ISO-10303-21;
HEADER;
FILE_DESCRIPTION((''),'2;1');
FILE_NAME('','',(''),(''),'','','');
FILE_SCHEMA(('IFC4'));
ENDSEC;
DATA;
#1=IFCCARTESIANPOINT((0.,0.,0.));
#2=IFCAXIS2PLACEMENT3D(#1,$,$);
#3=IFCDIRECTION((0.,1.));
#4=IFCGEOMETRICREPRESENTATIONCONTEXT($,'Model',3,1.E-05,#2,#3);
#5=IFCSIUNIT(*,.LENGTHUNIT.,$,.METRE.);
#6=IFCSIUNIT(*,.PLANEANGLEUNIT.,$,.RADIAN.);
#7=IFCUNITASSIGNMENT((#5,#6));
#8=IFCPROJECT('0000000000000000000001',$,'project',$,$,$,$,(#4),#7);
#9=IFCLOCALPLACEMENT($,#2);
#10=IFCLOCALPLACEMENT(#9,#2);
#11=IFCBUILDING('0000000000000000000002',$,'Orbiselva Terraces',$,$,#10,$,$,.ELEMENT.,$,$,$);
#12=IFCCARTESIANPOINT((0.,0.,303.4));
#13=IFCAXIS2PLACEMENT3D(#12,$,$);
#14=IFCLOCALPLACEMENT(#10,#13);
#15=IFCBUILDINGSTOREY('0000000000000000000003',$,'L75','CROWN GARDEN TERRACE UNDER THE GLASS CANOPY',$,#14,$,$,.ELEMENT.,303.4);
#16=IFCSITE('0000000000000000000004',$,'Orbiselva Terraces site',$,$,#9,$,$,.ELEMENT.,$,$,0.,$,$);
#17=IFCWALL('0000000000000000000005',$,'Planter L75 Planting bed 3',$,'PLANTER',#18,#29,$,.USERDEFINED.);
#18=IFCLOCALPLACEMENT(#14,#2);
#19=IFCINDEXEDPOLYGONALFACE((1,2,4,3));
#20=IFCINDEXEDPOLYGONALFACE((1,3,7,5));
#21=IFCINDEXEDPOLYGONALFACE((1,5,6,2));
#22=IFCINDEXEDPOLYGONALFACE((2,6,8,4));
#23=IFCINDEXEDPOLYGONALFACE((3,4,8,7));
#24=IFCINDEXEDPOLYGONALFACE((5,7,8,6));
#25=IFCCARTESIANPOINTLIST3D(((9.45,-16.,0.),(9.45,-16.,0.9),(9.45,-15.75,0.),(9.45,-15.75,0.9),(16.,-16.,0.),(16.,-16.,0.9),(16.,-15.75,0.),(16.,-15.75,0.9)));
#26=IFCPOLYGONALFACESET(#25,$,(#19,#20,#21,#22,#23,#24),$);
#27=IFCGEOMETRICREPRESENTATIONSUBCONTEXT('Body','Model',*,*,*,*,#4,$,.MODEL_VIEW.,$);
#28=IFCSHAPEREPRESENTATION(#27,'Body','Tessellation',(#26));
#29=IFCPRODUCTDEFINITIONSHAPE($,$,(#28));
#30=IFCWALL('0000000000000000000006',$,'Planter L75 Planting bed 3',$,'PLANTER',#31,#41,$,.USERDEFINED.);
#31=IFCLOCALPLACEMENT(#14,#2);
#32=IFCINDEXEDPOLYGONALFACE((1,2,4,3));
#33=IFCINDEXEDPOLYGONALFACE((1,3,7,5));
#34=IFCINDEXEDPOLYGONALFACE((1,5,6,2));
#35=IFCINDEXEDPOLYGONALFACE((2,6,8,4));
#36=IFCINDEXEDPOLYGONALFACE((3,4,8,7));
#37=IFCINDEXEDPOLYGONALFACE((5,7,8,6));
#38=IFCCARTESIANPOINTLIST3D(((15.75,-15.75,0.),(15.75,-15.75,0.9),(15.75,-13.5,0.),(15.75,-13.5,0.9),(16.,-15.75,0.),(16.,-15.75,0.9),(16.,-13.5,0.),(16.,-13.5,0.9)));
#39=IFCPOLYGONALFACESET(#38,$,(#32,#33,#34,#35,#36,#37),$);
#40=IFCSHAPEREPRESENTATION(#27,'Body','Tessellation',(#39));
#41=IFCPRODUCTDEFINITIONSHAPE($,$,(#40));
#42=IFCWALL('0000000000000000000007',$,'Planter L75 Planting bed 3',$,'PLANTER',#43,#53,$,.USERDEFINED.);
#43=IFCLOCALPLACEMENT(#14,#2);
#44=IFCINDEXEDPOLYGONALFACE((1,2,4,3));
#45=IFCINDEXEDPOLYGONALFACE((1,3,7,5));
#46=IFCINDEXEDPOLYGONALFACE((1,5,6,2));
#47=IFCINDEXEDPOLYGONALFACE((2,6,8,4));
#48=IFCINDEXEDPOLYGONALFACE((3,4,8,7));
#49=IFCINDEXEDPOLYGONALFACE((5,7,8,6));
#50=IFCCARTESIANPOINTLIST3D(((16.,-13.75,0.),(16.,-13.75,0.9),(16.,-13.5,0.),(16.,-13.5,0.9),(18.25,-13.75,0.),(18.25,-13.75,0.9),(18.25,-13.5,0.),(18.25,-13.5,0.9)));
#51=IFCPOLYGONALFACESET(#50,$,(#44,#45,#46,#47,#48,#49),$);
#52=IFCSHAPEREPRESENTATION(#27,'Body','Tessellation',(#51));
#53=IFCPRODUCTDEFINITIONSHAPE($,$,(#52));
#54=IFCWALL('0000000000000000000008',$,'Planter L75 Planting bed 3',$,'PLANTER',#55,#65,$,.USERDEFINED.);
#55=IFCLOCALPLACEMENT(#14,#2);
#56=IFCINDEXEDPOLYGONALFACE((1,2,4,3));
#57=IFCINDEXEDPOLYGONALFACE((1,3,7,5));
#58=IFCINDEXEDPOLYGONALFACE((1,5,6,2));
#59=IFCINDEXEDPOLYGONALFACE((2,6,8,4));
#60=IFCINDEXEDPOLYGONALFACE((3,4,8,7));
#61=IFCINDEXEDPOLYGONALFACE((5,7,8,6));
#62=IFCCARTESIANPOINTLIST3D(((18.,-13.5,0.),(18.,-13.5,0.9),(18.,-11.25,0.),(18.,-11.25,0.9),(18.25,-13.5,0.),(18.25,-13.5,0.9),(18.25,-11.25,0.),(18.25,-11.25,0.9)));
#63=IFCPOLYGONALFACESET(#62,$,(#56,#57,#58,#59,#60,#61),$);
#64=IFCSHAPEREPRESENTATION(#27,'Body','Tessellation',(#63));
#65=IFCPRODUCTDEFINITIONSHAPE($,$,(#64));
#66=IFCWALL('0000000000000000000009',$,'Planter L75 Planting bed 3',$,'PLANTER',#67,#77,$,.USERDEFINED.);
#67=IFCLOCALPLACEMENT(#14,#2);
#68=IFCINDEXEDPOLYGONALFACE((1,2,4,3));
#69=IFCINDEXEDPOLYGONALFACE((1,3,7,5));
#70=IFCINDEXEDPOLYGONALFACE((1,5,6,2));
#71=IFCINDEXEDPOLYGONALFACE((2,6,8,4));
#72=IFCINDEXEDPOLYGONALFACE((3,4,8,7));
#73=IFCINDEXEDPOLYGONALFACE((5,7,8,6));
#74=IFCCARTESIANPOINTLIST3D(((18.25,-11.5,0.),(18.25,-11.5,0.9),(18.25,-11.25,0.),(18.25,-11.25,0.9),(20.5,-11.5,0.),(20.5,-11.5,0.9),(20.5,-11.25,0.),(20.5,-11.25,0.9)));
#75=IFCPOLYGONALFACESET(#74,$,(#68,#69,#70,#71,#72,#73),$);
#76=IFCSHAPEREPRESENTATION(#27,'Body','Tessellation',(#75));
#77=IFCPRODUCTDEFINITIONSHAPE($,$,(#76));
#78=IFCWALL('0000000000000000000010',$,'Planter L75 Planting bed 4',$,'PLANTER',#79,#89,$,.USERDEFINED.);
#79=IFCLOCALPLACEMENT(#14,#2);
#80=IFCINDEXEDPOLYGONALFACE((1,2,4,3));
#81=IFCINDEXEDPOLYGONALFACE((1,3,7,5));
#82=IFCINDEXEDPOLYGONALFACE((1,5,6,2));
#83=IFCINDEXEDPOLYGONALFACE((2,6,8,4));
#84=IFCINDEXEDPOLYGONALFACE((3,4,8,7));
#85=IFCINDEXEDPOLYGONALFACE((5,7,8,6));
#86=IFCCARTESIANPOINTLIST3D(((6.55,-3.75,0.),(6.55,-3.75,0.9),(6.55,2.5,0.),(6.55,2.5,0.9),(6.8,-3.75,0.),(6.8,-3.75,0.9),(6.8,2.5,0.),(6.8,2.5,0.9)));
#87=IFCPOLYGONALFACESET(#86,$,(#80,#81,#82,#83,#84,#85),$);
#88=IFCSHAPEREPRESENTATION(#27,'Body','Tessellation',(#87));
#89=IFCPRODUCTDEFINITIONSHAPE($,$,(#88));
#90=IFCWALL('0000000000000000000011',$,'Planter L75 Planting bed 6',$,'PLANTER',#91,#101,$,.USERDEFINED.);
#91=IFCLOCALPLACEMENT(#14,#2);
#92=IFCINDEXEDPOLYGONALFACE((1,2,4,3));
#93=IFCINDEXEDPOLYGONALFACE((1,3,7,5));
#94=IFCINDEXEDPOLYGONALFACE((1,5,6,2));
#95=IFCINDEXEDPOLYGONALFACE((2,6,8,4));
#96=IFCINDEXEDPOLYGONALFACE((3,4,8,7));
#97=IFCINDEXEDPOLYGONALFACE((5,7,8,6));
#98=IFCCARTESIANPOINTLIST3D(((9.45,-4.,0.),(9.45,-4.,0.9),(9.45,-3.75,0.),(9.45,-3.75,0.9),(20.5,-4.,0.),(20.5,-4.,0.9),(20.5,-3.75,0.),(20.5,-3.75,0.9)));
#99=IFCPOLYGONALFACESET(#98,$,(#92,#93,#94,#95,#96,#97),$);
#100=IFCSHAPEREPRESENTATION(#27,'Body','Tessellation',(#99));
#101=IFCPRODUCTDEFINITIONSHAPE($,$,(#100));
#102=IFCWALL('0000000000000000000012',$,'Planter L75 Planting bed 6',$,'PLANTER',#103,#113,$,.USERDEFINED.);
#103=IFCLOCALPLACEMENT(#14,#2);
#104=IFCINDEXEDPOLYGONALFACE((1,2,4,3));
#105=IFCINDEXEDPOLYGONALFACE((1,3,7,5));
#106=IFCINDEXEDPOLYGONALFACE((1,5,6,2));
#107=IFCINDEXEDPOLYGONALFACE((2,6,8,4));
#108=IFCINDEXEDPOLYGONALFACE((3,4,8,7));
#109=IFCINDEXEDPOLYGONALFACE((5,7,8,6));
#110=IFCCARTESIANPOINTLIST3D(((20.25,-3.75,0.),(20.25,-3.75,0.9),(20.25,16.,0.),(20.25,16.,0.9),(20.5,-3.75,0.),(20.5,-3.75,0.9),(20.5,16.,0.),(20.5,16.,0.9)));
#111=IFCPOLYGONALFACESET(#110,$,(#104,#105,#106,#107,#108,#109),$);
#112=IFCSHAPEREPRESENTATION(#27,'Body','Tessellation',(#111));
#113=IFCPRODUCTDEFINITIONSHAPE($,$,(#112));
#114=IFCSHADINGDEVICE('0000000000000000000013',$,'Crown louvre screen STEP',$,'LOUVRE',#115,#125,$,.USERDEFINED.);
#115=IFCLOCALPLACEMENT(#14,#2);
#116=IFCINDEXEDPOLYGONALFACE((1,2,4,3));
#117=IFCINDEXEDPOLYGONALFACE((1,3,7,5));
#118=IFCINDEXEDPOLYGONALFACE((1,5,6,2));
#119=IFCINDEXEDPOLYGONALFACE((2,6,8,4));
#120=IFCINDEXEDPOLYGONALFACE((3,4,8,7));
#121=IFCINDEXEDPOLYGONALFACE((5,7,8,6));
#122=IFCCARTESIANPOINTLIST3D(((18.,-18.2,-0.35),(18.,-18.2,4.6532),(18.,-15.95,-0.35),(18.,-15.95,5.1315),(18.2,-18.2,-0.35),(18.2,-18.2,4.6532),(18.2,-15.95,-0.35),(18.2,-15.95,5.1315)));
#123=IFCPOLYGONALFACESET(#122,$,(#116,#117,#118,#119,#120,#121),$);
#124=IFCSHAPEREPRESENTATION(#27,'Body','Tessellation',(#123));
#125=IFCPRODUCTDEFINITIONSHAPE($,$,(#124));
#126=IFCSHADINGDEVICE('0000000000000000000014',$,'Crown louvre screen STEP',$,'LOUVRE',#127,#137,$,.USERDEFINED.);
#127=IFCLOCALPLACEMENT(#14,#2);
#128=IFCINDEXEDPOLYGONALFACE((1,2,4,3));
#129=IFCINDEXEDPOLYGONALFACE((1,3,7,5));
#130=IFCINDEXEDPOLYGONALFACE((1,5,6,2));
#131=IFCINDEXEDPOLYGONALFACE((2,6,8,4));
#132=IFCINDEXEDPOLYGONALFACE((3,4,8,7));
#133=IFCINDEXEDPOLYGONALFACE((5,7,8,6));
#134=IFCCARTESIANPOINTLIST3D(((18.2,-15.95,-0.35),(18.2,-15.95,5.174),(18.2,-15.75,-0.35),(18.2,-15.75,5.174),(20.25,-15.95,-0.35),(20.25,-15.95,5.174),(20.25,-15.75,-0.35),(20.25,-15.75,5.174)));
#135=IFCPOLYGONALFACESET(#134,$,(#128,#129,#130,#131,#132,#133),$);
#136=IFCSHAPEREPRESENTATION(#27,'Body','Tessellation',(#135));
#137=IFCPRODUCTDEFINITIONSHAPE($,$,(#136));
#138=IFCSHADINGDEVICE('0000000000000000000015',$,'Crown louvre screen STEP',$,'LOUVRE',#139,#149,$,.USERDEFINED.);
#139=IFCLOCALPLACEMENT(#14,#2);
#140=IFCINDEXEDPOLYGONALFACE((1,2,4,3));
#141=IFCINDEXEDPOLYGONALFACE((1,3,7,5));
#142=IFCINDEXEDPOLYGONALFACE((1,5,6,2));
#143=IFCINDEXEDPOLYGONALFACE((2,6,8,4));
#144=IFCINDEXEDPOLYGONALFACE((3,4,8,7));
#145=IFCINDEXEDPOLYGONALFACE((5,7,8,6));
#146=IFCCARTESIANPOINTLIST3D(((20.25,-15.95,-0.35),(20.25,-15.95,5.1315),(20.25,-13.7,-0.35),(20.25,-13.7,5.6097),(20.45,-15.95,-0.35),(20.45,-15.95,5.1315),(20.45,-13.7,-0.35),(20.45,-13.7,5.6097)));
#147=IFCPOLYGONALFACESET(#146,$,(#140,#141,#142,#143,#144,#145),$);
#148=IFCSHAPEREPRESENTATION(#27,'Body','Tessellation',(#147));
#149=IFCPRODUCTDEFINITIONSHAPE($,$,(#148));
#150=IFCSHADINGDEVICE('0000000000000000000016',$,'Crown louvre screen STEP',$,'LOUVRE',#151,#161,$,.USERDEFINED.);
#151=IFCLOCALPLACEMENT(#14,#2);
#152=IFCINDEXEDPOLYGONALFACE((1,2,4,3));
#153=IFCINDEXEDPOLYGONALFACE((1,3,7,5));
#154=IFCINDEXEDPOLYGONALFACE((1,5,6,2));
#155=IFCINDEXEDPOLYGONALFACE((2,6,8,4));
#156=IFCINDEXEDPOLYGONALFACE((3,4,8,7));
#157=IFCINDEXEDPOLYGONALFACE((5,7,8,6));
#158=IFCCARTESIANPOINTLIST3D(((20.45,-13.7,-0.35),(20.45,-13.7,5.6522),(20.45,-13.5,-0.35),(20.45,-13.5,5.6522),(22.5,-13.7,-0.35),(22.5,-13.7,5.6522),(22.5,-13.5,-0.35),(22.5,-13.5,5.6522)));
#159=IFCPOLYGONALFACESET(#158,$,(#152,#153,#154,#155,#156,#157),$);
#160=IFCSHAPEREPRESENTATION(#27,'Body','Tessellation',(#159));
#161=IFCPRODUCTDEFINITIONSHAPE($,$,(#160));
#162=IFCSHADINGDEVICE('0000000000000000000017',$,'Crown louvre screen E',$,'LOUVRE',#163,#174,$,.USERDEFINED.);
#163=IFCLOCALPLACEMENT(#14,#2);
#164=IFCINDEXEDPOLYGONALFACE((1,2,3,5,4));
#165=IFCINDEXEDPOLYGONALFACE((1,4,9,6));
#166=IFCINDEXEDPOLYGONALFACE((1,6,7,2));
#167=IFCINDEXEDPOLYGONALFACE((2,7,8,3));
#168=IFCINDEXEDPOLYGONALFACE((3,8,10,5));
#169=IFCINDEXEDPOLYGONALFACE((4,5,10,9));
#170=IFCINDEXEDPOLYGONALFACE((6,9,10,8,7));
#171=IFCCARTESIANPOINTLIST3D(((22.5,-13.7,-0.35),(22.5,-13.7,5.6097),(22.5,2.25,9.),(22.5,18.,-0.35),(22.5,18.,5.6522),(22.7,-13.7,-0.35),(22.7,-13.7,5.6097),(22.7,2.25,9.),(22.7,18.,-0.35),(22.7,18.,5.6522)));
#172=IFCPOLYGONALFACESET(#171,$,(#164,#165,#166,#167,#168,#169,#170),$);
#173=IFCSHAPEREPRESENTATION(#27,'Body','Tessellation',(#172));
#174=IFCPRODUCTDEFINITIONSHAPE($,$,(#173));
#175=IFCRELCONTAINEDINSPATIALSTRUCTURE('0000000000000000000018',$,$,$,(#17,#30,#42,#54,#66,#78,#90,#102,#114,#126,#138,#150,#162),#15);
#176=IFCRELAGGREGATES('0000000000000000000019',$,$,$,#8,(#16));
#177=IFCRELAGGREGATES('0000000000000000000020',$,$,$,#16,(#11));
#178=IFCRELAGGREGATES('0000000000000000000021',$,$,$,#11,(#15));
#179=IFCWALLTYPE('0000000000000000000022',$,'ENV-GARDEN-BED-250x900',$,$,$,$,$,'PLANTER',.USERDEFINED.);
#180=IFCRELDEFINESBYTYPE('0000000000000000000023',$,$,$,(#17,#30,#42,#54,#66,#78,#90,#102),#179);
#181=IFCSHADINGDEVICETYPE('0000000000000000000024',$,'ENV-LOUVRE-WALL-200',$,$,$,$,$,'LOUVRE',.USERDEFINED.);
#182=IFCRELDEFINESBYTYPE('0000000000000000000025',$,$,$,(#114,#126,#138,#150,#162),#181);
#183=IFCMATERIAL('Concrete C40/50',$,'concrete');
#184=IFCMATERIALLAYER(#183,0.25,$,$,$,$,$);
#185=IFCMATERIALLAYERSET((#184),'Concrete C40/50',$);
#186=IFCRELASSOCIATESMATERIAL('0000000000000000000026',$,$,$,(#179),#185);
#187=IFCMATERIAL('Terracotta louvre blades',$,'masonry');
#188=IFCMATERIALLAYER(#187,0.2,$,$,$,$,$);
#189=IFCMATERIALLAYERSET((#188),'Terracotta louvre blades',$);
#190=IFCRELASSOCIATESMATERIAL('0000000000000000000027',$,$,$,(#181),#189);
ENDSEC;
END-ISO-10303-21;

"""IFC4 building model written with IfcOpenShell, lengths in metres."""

from ifc_helpers import new_model, si_unit, direction, frame, frame_2d, origin, place, context, subcontext, project, spatial, polyline, rectangle, outline, extrude, material, layer, layer_set, type_object, element, save


model = new_model("IFC4")

# Units and contexts
model_context = context("Model", 3, precision=1e-05, world=origin(), true_north=direction((0.0, 1.0)))
body_context = subcontext(model_context, "Body", "Model", "MODEL_VIEW")
ifc_project = project(units=[si_unit("LENGTHUNIT", "METRE"), si_unit("PLANEANGLEUNIT", "RADIAN")], contexts=[model_context])

# Site, building, storey
site_placement = place(None, origin())
site = spatial("IfcSite", under=ifc_project, at=site_placement, Name="Orbiselva Terraces site", CompositionType="ELEMENT", RefElevation=0.0)
building_placement = place(site_placement, origin())
building = spatial("IfcBuilding", under=site, at=building_placement, Name="Orbiselva Terraces", CompositionType="ELEMENT")
storey_placement = place(building_placement, frame((0.0, 0.0, 303.4)))
storey = spatial("IfcBuildingStorey", under=building, at=storey_placement, Name="L75", Description="CROWN GARDEN TERRACE UNDER THE GLASS CANOPY", CompositionType="ELEMENT", Elevation=303.4)

# Shared definitions
ifc_material_1 = material(Name="Concrete C40/50", Category="concrete")

# Walls
ifc_layer_1 = layer(ifc_material_1, 0.25)
ifc_layer_set_1 = layer_set([ifc_layer_1], Name="Concrete C40/50")
wall_type = type_object("IfcWallType", Name="ENV-GARDEN-BED-250x900", ElementType="PLANTER", PredefinedType="USERDEFINED", material=ifc_layer_set_1)
wall_1_placement = place(storey_placement, frame((9.45, -15.875, 0.0), z_axis=(0.0, 0.0, 1.0), x_axis=(1.0, 0.0, 0.0)))
element("IfcWall", 1, at=wall_1_placement, inside=storey, type_object=wall_type, Name="Planter L75 Planting bed 3", ObjectType="PLANTER", PredefinedType="USERDEFINED", context=body_context, shape_type="SweptSolid", body=[
    extrude(rectangle(XDim=6.55, YDim=0.25, at=frame_2d((3.275, 0.0))), origin(), (0.0, 0.0, 1.0), 0.9),
])
for number, where, z_axis, x_axis, name in (
    (2, (15.875, -15.75, 0.0), (0.0, 0.0, 1.0), (0.0, 1.0, 0.0), "Planter L75 Planting bed 3"),
    (3, (16.0, -13.625, 0.0), (0.0, 0.0, 1.0), (1.0, 0.0, 0.0), "Planter L75 Planting bed 3"),
    (4, (18.125, -13.5, 0.0), (0.0, 0.0, 1.0), (0.0, 1.0, 0.0), "Planter L75 Planting bed 3"),
    (5, (18.25, -11.375, 0.0), (0.0, 0.0, 1.0), (1.0, 0.0, 0.0), "Planter L75 Planting bed 3"),
):
    element("IfcWall", number, at=place(storey_placement, frame(where, z_axis=z_axis, x_axis=x_axis)), inside=storey, type_object=wall_type, Name=name, ObjectType="PLANTER", PredefinedType="USERDEFINED", context=body_context, shape_type="SweptSolid", body=[
        extrude(rectangle(XDim=2.25, YDim=0.25, at=frame_2d((1.125, 0.0))), origin(), (0.0, 0.0, 1.0), 0.9),
    ])
wall_2_placement = place(storey_placement, frame((6.675, -3.75, 0.0), z_axis=(0.0, 0.0, 1.0), x_axis=(0.0, 1.0, 0.0)))
element("IfcWall", 6, at=wall_2_placement, inside=storey, type_object=wall_type, Name="Planter L75 Planting bed 4", ObjectType="PLANTER", PredefinedType="USERDEFINED", context=body_context, shape_type="SweptSolid", body=[
    extrude(rectangle(XDim=6.25, YDim=0.25, at=frame_2d((3.125, 0.0))), origin(), (0.0, 0.0, 1.0), 0.9),
])
wall_3_placement = place(storey_placement, frame((9.45, -3.875, 0.0), z_axis=(0.0, 0.0, 1.0), x_axis=(1.0, 0.0, 0.0)))
element("IfcWall", 7, at=wall_3_placement, inside=storey, type_object=wall_type, Name="Planter L75 Planting bed 6", ObjectType="PLANTER", PredefinedType="USERDEFINED", context=body_context, shape_type="SweptSolid", body=[
    extrude(rectangle(XDim=11.05, YDim=0.25, at=frame_2d((5.525, 0.0))), origin(), (0.0, 0.0, 1.0), 0.9),
])
wall_4_placement = place(storey_placement, frame((20.375, -3.75, 0.0), z_axis=(0.0, 0.0, 1.0), x_axis=(0.0, 1.0, 0.0)))
element("IfcWall", 8, at=wall_4_placement, inside=storey, type_object=wall_type, Name="Planter L75 Planting bed 6", ObjectType="PLANTER", PredefinedType="USERDEFINED", context=body_context, shape_type="SweptSolid", body=[
    extrude(rectangle(XDim=19.75, YDim=0.25, at=frame_2d((9.875, 0.0))), origin(), (0.0, 0.0, 1.0), 0.9),
])

# Shading devices
ifc_material_2 = material(Name="Terracotta louvre blades", Category="masonry")
ifc_layer_2 = layer(ifc_material_2, 0.2)
ifc_layer_set_2 = layer_set([ifc_layer_2], Name="Terracotta louvre blades")
shading_device_type = type_object("IfcShadingDeviceType", Name="ENV-LOUVRE-WALL-200", ElementType="LOUVRE", PredefinedType="USERDEFINED", material=ifc_layer_set_2)
shading_device_1_placement = place(storey_placement, frame((18.1, -18.2, -0.35), z_axis=(0.0, 0.0, 1.0), x_axis=(0.0, 1.0, 0.0)))
element("IfcShadingDevice", 9, at=shading_device_1_placement, inside=storey, type_object=shading_device_type, Name="Crown louvre screen STEP", ObjectType="LOUVRE", PredefinedType="USERDEFINED", context=body_context, shape_type="SweptSolid", body=[
    extrude(outline(polyline([(0.0, 0.0), (2.25, 0.0), (2.25, 5.4815), (0.0, 5.0032), (0.0, 0.0)])), frame((0.0, 0.1, 0.0), z_axis=(0.0, -1.0, 0.0), x_axis=(1.0, 0.0, 0.0)), (0.0, 0.0, 1.0), 0.2),
])
shading_device_2_placement = place(storey_placement, frame((18.2, -15.85, -0.35), z_axis=(0.0, 0.0, 1.0), x_axis=(1.0, 0.0, 0.0)))
element("IfcShadingDevice", 10, at=shading_device_2_placement, inside=storey, type_object=shading_device_type, Name="Crown louvre screen STEP", ObjectType="LOUVRE", PredefinedType="USERDEFINED", context=body_context, shape_type="SweptSolid", body=[
    extrude(outline(polyline([(0.0, 0.0), (2.05, 0.0), (2.05, 5.524), (0.0, 5.524), (0.0, 0.0)])), frame((0.0, 0.1, 0.0), z_axis=(0.0, -1.0, 0.0), x_axis=(1.0, 0.0, 0.0)), (0.0, 0.0, 1.0), 0.2),
])
shading_device_3_placement = place(storey_placement, frame((20.35, -15.95, -0.35), z_axis=(0.0, 0.0, 1.0), x_axis=(0.0, 1.0, 0.0)))
element("IfcShadingDevice", 11, at=shading_device_3_placement, inside=storey, type_object=shading_device_type, Name="Crown louvre screen STEP", ObjectType="LOUVRE", PredefinedType="USERDEFINED", context=body_context, shape_type="SweptSolid", body=[
    extrude(outline(polyline([(0.0, 0.0), (2.25, 0.0), (2.25, 5.9597), (0.0, 5.4815), (0.0, 0.0)])), frame((0.0, 0.1, 0.0), z_axis=(0.0, -1.0, 0.0), x_axis=(1.0, 0.0, 0.0)), (0.0, 0.0, 1.0), 0.2),
])
shading_device_4_placement = place(storey_placement, frame((20.45, -13.6, -0.35), z_axis=(0.0, 0.0, 1.0), x_axis=(1.0, 0.0, 0.0)))
element("IfcShadingDevice", 12, at=shading_device_4_placement, inside=storey, type_object=shading_device_type, Name="Crown louvre screen STEP", ObjectType="LOUVRE", PredefinedType="USERDEFINED", context=body_context, shape_type="SweptSolid", body=[
    extrude(outline(polyline([(0.0, 0.0), (2.05, 0.0), (2.05, 6.0022), (0.0, 6.0022), (0.0, 0.0)])), frame((0.0, 0.1, 0.0), z_axis=(0.0, -1.0, 0.0), x_axis=(1.0, 0.0, 0.0)), (0.0, 0.0, 1.0), 0.2),
])
shading_device_5_placement = place(storey_placement, frame((22.6, -13.7, -0.35), z_axis=(0.0, 0.0, 1.0), x_axis=(0.0, 1.0, 0.0)))
element("IfcShadingDevice", 13, at=shading_device_5_placement, inside=storey, type_object=shading_device_type, Name="Crown louvre screen E", ObjectType="LOUVRE", PredefinedType="USERDEFINED", context=body_context, shape_type="SweptSolid", body=[
    extrude(outline(polyline([(0.0, 0.0), (31.7, 0.0), (31.7, 6.0022), (15.95, 9.35), (0.0, 5.9597), (0.0, 0.0)])), frame((0.0, 0.1, 0.0), z_axis=(0.0, -1.0, 0.0), x_axis=(1.0, 0.0, 0.0)), (0.0, 0.0, 1.0), 0.2),
])

save(model, "model.ifc")
